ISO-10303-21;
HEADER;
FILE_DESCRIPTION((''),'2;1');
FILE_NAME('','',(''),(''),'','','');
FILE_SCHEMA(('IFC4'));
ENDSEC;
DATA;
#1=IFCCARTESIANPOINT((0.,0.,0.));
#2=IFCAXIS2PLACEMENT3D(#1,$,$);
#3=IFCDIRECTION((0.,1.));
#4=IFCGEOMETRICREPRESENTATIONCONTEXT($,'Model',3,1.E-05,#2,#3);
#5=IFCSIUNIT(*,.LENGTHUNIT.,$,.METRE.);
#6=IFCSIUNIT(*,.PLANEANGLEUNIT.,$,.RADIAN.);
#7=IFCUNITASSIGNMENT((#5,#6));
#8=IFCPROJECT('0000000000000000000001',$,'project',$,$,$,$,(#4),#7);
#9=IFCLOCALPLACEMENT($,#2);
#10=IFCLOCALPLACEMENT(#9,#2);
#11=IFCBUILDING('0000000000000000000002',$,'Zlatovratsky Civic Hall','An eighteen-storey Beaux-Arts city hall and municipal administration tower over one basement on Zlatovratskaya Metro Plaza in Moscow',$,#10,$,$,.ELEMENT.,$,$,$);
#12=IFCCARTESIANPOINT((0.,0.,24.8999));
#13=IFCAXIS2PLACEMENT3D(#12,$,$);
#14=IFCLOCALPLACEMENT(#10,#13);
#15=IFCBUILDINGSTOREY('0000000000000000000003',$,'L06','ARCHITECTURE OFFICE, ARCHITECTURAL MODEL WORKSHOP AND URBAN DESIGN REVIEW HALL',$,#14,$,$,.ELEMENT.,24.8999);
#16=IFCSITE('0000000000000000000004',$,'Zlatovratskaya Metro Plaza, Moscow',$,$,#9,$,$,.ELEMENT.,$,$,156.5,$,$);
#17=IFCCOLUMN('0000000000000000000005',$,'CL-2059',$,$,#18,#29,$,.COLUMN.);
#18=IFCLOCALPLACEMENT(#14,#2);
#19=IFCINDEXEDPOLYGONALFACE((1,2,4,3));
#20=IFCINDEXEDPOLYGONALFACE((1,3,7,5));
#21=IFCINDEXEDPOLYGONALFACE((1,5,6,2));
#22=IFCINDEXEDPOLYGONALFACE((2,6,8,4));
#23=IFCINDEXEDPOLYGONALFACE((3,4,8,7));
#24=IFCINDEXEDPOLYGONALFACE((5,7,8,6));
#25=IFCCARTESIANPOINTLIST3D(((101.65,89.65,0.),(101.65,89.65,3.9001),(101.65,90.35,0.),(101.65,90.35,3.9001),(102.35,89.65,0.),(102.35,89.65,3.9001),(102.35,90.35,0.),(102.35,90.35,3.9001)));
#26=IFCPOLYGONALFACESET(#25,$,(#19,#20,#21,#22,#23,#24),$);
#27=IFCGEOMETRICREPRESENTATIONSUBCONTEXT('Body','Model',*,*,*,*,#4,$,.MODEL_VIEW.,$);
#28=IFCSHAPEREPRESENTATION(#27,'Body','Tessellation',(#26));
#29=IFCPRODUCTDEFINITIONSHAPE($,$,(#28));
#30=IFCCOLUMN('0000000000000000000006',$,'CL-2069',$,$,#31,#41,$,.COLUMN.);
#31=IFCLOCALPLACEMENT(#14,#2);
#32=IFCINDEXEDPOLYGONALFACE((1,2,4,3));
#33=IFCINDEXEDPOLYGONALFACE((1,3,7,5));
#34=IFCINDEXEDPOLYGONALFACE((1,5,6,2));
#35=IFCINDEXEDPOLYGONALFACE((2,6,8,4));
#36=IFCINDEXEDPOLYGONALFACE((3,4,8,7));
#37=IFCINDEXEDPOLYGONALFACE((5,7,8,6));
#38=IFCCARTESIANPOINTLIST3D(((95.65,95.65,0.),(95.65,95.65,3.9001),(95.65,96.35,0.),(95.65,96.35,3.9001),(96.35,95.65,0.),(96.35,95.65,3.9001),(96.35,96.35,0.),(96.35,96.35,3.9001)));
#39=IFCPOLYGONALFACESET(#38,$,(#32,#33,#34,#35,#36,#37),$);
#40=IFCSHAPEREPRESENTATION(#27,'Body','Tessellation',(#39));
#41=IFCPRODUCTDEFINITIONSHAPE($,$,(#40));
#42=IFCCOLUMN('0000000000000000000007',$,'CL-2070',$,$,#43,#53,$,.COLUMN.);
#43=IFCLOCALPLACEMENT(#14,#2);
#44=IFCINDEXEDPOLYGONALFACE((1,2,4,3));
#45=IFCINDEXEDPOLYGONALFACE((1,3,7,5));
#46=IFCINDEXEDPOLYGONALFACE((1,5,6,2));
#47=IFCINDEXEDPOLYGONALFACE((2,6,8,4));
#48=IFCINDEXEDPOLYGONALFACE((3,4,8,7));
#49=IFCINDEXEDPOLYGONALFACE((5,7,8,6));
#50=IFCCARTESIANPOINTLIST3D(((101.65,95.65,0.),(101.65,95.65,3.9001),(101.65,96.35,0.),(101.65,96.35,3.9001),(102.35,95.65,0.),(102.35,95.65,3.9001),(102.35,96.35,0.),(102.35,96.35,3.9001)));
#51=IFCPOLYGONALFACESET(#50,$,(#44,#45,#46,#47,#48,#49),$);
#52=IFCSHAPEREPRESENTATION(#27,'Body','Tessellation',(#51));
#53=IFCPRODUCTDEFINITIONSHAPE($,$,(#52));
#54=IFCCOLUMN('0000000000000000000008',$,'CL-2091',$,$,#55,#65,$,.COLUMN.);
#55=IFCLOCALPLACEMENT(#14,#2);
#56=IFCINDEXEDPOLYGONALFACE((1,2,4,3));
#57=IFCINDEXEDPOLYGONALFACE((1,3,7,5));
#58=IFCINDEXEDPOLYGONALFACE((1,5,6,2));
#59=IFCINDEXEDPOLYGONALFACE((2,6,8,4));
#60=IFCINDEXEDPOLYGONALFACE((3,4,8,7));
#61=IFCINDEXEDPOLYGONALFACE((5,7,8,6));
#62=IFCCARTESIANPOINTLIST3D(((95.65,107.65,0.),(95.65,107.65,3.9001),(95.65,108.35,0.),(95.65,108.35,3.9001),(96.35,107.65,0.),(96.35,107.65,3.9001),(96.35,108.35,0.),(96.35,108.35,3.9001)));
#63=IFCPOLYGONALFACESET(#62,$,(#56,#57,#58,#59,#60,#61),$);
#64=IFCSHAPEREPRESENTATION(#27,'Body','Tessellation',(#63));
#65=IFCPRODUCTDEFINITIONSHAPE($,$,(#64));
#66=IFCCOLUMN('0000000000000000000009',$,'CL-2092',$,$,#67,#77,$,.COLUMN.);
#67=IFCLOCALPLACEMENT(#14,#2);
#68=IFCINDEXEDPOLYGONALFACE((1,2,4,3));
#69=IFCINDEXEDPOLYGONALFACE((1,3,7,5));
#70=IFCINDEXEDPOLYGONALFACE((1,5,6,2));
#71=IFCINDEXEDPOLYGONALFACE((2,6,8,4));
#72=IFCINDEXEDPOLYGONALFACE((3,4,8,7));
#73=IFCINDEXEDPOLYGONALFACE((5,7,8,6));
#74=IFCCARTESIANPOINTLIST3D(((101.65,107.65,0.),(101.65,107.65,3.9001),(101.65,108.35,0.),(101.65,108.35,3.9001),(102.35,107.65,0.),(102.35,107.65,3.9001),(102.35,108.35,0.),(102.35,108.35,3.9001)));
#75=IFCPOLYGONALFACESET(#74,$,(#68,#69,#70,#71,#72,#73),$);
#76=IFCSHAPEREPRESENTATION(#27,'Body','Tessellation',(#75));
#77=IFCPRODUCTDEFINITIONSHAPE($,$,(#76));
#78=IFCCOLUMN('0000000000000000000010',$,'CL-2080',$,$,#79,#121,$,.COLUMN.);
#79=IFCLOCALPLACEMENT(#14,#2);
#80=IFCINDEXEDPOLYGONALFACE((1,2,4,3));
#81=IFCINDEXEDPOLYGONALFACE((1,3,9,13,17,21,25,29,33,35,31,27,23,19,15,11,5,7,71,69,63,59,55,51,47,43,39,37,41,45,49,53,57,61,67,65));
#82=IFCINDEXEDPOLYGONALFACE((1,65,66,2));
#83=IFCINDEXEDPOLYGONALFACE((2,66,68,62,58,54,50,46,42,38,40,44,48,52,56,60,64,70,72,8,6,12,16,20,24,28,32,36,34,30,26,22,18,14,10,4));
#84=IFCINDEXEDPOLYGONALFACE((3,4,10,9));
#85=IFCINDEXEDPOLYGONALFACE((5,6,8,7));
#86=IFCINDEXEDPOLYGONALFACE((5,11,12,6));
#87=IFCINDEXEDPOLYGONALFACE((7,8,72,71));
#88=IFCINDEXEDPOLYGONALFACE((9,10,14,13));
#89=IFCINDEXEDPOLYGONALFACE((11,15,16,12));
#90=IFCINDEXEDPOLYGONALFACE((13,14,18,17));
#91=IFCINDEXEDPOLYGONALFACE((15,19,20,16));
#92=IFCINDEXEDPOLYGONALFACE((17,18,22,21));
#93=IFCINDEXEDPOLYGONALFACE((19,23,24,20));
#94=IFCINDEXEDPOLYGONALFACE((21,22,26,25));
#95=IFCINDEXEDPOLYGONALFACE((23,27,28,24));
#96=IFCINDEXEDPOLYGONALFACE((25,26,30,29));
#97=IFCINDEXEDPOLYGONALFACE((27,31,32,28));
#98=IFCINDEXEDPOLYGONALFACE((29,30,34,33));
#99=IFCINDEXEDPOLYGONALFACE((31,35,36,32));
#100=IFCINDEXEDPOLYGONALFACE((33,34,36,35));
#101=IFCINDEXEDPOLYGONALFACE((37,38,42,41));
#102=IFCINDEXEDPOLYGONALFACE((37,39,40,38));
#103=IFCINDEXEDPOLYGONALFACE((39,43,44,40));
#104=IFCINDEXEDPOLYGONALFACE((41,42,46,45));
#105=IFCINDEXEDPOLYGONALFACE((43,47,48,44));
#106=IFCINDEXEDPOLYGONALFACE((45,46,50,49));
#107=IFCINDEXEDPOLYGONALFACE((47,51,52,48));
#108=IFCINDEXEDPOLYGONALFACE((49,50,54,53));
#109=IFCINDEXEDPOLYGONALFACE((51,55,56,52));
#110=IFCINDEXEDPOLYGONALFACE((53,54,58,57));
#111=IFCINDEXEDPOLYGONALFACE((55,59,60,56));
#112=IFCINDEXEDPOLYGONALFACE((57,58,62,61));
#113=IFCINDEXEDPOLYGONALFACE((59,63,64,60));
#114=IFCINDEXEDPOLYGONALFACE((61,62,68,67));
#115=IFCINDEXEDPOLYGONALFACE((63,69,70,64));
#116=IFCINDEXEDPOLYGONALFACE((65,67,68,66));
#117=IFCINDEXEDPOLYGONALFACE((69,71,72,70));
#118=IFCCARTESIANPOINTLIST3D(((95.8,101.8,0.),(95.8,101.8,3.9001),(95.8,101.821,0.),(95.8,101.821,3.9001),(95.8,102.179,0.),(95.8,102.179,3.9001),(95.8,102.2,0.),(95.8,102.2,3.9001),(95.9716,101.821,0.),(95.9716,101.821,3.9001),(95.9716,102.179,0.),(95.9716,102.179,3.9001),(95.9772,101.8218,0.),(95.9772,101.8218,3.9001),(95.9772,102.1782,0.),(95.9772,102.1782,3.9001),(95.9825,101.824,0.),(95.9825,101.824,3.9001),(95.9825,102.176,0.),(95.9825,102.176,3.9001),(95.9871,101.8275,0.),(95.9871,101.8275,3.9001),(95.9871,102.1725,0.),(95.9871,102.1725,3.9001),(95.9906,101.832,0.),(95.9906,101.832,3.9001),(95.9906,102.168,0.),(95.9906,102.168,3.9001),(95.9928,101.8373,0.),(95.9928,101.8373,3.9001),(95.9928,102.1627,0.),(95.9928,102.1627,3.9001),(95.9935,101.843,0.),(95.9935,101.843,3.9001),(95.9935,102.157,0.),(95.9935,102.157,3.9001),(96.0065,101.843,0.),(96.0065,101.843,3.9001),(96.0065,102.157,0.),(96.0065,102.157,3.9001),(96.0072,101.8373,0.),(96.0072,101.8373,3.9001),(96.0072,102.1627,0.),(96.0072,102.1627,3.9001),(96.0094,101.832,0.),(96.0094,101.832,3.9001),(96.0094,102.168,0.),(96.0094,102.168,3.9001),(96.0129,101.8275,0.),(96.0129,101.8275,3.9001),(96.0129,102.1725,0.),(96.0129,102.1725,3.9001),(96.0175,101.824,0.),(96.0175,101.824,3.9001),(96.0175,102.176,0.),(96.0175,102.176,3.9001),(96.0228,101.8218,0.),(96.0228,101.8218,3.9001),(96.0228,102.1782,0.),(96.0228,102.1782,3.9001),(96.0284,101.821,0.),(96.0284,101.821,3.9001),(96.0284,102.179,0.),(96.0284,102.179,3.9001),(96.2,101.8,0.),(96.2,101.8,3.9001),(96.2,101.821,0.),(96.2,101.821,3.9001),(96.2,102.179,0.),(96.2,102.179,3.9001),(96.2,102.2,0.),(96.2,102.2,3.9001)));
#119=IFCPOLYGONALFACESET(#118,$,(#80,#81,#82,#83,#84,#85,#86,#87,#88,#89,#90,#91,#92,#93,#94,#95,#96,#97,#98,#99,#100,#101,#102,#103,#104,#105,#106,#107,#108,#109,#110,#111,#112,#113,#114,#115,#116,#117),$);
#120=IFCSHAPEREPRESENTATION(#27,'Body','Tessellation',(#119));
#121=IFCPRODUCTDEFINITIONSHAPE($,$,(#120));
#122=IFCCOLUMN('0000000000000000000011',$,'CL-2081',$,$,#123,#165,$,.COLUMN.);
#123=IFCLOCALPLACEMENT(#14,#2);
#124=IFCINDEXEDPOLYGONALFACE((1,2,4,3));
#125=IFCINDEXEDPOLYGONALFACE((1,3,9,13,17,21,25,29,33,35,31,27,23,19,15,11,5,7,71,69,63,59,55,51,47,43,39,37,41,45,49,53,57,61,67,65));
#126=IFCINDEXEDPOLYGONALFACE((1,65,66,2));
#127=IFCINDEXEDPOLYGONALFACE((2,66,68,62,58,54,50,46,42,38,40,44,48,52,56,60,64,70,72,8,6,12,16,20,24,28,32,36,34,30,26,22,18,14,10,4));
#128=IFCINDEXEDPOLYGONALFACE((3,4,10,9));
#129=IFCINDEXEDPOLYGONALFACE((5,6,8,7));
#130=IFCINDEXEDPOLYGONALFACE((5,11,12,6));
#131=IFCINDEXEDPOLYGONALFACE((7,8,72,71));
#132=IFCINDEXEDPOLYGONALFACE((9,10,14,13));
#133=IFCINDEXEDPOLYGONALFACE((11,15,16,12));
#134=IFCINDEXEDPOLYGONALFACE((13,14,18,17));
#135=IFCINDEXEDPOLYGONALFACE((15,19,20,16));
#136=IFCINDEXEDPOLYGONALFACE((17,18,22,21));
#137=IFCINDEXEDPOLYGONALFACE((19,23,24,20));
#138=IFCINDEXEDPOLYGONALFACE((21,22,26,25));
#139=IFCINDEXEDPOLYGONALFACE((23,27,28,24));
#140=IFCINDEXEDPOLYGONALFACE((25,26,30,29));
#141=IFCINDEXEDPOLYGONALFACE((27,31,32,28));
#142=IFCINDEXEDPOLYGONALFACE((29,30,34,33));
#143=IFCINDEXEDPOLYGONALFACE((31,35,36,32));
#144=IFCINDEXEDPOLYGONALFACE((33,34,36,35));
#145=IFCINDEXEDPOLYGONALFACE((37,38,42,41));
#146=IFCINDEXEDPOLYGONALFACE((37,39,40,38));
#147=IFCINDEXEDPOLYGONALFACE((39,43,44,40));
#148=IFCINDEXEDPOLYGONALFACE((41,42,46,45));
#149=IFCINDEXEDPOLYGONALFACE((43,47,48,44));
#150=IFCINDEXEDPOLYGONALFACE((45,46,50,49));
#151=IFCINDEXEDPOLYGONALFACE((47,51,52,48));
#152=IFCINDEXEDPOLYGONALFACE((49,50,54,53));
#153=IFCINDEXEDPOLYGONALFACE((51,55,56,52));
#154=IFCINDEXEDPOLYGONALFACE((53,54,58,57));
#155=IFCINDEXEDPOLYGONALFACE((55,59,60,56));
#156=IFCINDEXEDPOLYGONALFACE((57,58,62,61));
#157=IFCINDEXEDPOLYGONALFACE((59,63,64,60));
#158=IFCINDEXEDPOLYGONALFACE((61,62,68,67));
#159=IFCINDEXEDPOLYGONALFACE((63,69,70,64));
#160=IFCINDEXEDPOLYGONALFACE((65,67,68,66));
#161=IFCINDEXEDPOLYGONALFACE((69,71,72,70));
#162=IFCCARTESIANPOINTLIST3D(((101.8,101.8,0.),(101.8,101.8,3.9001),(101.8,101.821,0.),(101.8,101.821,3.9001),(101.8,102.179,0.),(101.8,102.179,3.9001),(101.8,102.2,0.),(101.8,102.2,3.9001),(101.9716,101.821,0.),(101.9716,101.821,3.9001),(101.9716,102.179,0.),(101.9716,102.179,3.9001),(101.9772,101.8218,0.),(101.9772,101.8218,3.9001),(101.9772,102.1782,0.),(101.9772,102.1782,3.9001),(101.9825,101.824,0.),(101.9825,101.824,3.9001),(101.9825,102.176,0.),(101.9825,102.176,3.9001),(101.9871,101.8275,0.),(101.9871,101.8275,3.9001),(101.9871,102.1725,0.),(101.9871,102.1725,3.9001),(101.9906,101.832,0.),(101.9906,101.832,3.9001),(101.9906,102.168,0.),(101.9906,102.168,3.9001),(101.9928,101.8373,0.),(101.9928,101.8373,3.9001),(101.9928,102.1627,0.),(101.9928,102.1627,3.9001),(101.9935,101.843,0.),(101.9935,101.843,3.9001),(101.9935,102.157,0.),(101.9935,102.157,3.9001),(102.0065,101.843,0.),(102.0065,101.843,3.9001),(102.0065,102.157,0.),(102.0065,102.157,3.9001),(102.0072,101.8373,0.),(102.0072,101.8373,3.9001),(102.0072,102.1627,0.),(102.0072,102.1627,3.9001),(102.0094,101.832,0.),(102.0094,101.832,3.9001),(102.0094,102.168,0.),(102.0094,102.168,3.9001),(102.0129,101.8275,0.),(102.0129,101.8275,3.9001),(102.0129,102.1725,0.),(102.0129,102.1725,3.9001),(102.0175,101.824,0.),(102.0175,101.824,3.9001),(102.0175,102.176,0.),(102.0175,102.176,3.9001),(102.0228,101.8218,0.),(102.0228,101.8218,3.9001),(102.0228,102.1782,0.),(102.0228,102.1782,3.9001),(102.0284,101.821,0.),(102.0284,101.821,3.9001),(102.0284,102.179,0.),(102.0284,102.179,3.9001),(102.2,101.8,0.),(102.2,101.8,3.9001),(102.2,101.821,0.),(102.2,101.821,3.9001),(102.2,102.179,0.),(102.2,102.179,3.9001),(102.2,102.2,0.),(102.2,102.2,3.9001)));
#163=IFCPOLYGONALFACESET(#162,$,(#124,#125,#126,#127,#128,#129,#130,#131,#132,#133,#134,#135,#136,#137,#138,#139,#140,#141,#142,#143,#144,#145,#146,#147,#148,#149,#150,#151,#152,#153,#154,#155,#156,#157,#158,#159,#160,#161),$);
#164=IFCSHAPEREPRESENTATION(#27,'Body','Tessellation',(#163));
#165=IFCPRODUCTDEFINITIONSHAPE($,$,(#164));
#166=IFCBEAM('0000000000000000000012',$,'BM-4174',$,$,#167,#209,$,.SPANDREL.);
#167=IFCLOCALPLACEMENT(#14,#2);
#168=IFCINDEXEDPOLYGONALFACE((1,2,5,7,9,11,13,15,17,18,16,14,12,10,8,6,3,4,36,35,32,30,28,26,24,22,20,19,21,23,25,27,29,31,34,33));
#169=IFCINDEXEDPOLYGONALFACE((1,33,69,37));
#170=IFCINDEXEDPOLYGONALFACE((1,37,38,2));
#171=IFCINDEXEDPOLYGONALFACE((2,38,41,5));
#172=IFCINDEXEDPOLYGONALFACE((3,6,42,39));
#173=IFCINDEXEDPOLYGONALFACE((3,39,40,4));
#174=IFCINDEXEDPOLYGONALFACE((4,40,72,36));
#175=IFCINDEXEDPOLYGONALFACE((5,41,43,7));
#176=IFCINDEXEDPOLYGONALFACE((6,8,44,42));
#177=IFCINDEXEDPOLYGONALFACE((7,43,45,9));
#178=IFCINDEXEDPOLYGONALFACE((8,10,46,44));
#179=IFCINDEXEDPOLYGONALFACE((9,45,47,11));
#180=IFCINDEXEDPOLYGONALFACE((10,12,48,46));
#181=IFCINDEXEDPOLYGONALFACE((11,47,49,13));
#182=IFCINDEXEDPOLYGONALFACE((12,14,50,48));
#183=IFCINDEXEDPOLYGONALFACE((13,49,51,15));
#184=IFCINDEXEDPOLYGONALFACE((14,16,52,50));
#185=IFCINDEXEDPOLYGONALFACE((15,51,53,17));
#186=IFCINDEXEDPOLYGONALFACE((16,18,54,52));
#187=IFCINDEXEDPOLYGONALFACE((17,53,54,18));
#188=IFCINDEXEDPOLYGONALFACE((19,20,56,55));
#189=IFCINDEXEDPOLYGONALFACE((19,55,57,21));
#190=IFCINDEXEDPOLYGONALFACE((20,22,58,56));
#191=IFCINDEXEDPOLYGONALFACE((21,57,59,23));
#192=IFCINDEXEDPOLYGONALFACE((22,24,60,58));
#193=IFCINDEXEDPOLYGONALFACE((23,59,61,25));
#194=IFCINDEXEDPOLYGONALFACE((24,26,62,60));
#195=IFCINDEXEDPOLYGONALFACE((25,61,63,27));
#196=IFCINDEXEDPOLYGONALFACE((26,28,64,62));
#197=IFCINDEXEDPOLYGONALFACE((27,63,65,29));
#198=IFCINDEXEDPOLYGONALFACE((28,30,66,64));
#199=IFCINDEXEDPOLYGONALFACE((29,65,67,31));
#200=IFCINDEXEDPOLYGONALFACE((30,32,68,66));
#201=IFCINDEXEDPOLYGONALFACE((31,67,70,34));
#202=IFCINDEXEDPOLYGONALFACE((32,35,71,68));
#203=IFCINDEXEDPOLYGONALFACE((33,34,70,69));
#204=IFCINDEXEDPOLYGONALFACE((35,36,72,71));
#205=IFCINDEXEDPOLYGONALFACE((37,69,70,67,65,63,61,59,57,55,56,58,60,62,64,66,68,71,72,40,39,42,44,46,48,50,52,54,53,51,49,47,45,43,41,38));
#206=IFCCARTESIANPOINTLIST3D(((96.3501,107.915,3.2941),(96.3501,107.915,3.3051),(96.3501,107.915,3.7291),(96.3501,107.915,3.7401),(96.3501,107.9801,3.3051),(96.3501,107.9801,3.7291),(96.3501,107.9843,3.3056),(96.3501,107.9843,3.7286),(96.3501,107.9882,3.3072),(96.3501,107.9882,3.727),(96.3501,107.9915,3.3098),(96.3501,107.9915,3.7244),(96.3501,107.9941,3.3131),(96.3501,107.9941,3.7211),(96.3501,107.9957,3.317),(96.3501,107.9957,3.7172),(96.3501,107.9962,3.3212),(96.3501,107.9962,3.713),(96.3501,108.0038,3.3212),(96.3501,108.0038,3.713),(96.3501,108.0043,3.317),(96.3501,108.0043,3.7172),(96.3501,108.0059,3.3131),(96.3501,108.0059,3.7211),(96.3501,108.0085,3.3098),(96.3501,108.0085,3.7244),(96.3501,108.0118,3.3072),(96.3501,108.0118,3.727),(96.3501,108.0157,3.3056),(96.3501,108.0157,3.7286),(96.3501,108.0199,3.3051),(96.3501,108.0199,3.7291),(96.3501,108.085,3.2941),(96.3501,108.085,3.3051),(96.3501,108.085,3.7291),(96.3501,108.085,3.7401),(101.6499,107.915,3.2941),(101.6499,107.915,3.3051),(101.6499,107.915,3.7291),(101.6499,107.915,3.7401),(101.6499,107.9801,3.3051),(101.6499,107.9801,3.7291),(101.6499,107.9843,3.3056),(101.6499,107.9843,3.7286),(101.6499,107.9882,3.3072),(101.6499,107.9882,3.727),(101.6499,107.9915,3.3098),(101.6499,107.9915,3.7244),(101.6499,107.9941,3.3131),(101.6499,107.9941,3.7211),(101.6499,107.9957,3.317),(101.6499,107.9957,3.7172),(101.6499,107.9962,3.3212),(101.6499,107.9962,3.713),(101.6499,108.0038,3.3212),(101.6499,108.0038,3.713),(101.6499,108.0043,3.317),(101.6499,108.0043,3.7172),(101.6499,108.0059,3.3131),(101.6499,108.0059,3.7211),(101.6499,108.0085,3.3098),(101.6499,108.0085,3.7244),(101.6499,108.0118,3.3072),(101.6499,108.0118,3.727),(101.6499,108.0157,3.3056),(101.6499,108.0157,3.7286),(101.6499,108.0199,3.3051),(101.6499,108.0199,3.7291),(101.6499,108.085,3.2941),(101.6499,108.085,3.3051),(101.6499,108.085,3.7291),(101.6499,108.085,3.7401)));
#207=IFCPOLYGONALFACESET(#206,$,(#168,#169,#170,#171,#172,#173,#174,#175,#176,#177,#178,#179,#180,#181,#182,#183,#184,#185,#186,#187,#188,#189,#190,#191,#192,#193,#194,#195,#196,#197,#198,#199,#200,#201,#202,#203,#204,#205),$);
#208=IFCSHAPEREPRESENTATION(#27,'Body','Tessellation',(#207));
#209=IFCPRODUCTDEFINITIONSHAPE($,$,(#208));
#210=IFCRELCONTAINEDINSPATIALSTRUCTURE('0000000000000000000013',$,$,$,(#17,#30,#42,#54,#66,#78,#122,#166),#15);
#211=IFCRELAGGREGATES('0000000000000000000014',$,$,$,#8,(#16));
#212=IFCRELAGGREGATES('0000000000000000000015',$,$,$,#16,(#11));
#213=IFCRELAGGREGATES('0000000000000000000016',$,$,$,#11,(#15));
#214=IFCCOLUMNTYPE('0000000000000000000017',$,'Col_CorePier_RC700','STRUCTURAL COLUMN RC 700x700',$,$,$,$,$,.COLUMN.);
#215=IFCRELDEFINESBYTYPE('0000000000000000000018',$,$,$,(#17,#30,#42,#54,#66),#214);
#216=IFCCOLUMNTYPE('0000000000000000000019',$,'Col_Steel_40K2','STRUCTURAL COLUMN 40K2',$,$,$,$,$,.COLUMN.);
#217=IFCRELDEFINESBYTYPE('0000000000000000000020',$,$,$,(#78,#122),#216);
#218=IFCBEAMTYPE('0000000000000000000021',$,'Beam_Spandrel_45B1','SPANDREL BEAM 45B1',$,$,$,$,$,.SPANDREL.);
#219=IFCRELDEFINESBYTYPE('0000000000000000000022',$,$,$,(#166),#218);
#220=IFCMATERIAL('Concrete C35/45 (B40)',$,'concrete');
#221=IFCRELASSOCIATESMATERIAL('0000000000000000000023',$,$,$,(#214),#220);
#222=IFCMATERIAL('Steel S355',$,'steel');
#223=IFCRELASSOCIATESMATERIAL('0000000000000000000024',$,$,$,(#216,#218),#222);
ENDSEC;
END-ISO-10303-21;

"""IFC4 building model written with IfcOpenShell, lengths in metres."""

from ifc_helpers import new_model, si_unit, direction, frame, origin, origin_2d, place, context, subcontext, project, spatial, rectangle, i_section, extrude, material, material_profile, profile_set, type_object, element, save


model = new_model("IFC4")

# Units and contexts
model_context = context("Model", 3, precision=1e-05, world=origin(), true_north=direction((0.0, 1.0)))
body_context = subcontext(model_context, "Body", "Model", "MODEL_VIEW")
ifc_project = project(units=[si_unit("LENGTHUNIT", "METRE"), si_unit("PLANEANGLEUNIT", "RADIAN")], contexts=[model_context])

# Site, building, storey
site_placement = place(None, origin())
site = spatial("IfcSite", under=ifc_project, at=site_placement, Name="Zlatovratskaya Metro Plaza, Moscow", CompositionType="ELEMENT", RefElevation=156.5)
building_placement = place(site_placement, origin())
building = spatial("IfcBuilding", under=site, at=building_placement, Name="Zlatovratsky Civic Hall", Description="An eighteen-storey Beaux-Arts city hall and municipal administration tower over one basement on Zlatovratskaya Metro Plaza in Moscow", CompositionType="ELEMENT")
storey_placement = place(building_placement, frame((0.0, 0.0, 24.8999)))
storey = spatial("IfcBuildingStorey", under=building, at=storey_placement, Name="L06", Description="ARCHITECTURE OFFICE, ARCHITECTURAL MODEL WORKSHOP AND URBAN DESIGN REVIEW HALL", CompositionType="ELEMENT", Elevation=24.8999)

# Columns
ifc_material_1 = material(Name="Concrete C35/45 (B40)", Category="concrete")
ifc_material_profile_1 = material_profile(ifc_material_1, rectangle(XDim=0.7, YDim=0.7, at=origin_2d()), Name="RC 700x700")
ifc_profile_set_1 = profile_set([ifc_material_profile_1], Name="Concrete C35/45 (B40)")
column_type_1 = type_object("IfcColumnType", Name="Col_CorePier_RC700", Description="STRUCTURAL COLUMN RC 700x700", PredefinedType="COLUMN", material=ifc_profile_set_1)
for number, where, z_axis, x_axis, name in (
    (1, (102.0, 90.0, 0.0), (0.0, 0.0, 1.0), (1.0, 0.0, 0.0), "CL-2059"),
    (2, (96.0, 96.0, 0.0), (0.0, 0.0, 1.0), (1.0, 0.0, 0.0), "CL-2069"),
    (3, (102.0, 96.0, 0.0), (0.0, 0.0, 1.0), (1.0, 0.0, 0.0), "CL-2070"),
    (4, (96.0, 108.0, 0.0), (0.0, 0.0, 1.0), (1.0, 0.0, 0.0), "CL-2091"),
    (5, (102.0, 108.0, 0.0), (0.0, 0.0, 1.0), (1.0, 0.0, 0.0), "CL-2092"),
):
    element("IfcColumn", number, at=place(storey_placement, frame(where, z_axis=z_axis, x_axis=x_axis)), inside=storey, type_object=column_type_1, Name=name, PredefinedType="COLUMN", context=body_context, shape_type="SweptSolid", body=[
        extrude(rectangle(XDim=0.7, YDim=0.7, at=origin_2d()), origin(), (0.0, 0.0, 1.0), 3.9001),
    ])
ifc_material_2 = material(Name="Steel S355", Category="steel")
ifc_material_profile_2 = material_profile(ifc_material_2, i_section(OverallWidth=0.3999, OverallDepth=0.3999, WebThickness=0.0129, FlangeThickness=0.021, FilletRadius=0.022, at=origin_2d()), Name="40K2")
ifc_profile_set_2 = profile_set([ifc_material_profile_2], Name="Steel S355")
column_type_2 = type_object("IfcColumnType", Name="Col_Steel_40K2", Description="STRUCTURAL COLUMN 40K2", PredefinedType="COLUMN", material=ifc_profile_set_2)
for number, where, z_axis, x_axis, name in (
    (6, (96.0, 102.0, 0.0), (0.0, 0.0, 1.0), (1.0, 0.0, 0.0), "CL-2080"),
    (7, (102.0, 102.0, 0.0), (0.0, 0.0, 1.0), (1.0, 0.0, 0.0), "CL-2081"),
):
    element("IfcColumn", number, at=place(storey_placement, frame(where, z_axis=z_axis, x_axis=x_axis)), inside=storey, type_object=column_type_2, Name=name, PredefinedType="COLUMN", context=body_context, shape_type="SweptSolid", body=[
        extrude(i_section(OverallWidth=0.3999, OverallDepth=0.3999, WebThickness=0.0129, FlangeThickness=0.021, FilletRadius=0.022, at=origin_2d()), origin(), (0.0, 0.0, 1.0), 3.9001),
    ])

# Beam
ifc_material_profile_3 = material_profile(ifc_material_2, i_section(OverallWidth=0.1699, OverallDepth=0.446, WebThickness=0.0076, FlangeThickness=0.011, FilletRadius=0.0161, at=origin_2d()), Name="45B1")
ifc_profile_set_3 = profile_set([ifc_material_profile_3], Name="Steel S355")
beam_type_1 = type_object("IfcBeamType", Name="Beam_Spandrel_45B1", Description="SPANDREL BEAM 45B1", PredefinedType="SPANDREL", material=ifc_profile_set_3)
beam_1_placement = place(storey_placement, frame((96.3501, 108.0, 3.5171), z_axis=(1.0, 0.0, 0.0), x_axis=(0.0, 1.0, 0.0)))
element("IfcBeam", 8, at=beam_1_placement, inside=storey, type_object=beam_type_1, Name="BM-4174", PredefinedType="SPANDREL", context=body_context, shape_type="SweptSolid", body=[
    extrude(i_section(OverallWidth=0.1699, OverallDepth=0.446, WebThickness=0.0076, FlangeThickness=0.011, FilletRadius=0.0161, at=origin_2d()), origin(), (0.0, 0.0, 1.0), 5.2998),
])

save(model, "model.ifc")
